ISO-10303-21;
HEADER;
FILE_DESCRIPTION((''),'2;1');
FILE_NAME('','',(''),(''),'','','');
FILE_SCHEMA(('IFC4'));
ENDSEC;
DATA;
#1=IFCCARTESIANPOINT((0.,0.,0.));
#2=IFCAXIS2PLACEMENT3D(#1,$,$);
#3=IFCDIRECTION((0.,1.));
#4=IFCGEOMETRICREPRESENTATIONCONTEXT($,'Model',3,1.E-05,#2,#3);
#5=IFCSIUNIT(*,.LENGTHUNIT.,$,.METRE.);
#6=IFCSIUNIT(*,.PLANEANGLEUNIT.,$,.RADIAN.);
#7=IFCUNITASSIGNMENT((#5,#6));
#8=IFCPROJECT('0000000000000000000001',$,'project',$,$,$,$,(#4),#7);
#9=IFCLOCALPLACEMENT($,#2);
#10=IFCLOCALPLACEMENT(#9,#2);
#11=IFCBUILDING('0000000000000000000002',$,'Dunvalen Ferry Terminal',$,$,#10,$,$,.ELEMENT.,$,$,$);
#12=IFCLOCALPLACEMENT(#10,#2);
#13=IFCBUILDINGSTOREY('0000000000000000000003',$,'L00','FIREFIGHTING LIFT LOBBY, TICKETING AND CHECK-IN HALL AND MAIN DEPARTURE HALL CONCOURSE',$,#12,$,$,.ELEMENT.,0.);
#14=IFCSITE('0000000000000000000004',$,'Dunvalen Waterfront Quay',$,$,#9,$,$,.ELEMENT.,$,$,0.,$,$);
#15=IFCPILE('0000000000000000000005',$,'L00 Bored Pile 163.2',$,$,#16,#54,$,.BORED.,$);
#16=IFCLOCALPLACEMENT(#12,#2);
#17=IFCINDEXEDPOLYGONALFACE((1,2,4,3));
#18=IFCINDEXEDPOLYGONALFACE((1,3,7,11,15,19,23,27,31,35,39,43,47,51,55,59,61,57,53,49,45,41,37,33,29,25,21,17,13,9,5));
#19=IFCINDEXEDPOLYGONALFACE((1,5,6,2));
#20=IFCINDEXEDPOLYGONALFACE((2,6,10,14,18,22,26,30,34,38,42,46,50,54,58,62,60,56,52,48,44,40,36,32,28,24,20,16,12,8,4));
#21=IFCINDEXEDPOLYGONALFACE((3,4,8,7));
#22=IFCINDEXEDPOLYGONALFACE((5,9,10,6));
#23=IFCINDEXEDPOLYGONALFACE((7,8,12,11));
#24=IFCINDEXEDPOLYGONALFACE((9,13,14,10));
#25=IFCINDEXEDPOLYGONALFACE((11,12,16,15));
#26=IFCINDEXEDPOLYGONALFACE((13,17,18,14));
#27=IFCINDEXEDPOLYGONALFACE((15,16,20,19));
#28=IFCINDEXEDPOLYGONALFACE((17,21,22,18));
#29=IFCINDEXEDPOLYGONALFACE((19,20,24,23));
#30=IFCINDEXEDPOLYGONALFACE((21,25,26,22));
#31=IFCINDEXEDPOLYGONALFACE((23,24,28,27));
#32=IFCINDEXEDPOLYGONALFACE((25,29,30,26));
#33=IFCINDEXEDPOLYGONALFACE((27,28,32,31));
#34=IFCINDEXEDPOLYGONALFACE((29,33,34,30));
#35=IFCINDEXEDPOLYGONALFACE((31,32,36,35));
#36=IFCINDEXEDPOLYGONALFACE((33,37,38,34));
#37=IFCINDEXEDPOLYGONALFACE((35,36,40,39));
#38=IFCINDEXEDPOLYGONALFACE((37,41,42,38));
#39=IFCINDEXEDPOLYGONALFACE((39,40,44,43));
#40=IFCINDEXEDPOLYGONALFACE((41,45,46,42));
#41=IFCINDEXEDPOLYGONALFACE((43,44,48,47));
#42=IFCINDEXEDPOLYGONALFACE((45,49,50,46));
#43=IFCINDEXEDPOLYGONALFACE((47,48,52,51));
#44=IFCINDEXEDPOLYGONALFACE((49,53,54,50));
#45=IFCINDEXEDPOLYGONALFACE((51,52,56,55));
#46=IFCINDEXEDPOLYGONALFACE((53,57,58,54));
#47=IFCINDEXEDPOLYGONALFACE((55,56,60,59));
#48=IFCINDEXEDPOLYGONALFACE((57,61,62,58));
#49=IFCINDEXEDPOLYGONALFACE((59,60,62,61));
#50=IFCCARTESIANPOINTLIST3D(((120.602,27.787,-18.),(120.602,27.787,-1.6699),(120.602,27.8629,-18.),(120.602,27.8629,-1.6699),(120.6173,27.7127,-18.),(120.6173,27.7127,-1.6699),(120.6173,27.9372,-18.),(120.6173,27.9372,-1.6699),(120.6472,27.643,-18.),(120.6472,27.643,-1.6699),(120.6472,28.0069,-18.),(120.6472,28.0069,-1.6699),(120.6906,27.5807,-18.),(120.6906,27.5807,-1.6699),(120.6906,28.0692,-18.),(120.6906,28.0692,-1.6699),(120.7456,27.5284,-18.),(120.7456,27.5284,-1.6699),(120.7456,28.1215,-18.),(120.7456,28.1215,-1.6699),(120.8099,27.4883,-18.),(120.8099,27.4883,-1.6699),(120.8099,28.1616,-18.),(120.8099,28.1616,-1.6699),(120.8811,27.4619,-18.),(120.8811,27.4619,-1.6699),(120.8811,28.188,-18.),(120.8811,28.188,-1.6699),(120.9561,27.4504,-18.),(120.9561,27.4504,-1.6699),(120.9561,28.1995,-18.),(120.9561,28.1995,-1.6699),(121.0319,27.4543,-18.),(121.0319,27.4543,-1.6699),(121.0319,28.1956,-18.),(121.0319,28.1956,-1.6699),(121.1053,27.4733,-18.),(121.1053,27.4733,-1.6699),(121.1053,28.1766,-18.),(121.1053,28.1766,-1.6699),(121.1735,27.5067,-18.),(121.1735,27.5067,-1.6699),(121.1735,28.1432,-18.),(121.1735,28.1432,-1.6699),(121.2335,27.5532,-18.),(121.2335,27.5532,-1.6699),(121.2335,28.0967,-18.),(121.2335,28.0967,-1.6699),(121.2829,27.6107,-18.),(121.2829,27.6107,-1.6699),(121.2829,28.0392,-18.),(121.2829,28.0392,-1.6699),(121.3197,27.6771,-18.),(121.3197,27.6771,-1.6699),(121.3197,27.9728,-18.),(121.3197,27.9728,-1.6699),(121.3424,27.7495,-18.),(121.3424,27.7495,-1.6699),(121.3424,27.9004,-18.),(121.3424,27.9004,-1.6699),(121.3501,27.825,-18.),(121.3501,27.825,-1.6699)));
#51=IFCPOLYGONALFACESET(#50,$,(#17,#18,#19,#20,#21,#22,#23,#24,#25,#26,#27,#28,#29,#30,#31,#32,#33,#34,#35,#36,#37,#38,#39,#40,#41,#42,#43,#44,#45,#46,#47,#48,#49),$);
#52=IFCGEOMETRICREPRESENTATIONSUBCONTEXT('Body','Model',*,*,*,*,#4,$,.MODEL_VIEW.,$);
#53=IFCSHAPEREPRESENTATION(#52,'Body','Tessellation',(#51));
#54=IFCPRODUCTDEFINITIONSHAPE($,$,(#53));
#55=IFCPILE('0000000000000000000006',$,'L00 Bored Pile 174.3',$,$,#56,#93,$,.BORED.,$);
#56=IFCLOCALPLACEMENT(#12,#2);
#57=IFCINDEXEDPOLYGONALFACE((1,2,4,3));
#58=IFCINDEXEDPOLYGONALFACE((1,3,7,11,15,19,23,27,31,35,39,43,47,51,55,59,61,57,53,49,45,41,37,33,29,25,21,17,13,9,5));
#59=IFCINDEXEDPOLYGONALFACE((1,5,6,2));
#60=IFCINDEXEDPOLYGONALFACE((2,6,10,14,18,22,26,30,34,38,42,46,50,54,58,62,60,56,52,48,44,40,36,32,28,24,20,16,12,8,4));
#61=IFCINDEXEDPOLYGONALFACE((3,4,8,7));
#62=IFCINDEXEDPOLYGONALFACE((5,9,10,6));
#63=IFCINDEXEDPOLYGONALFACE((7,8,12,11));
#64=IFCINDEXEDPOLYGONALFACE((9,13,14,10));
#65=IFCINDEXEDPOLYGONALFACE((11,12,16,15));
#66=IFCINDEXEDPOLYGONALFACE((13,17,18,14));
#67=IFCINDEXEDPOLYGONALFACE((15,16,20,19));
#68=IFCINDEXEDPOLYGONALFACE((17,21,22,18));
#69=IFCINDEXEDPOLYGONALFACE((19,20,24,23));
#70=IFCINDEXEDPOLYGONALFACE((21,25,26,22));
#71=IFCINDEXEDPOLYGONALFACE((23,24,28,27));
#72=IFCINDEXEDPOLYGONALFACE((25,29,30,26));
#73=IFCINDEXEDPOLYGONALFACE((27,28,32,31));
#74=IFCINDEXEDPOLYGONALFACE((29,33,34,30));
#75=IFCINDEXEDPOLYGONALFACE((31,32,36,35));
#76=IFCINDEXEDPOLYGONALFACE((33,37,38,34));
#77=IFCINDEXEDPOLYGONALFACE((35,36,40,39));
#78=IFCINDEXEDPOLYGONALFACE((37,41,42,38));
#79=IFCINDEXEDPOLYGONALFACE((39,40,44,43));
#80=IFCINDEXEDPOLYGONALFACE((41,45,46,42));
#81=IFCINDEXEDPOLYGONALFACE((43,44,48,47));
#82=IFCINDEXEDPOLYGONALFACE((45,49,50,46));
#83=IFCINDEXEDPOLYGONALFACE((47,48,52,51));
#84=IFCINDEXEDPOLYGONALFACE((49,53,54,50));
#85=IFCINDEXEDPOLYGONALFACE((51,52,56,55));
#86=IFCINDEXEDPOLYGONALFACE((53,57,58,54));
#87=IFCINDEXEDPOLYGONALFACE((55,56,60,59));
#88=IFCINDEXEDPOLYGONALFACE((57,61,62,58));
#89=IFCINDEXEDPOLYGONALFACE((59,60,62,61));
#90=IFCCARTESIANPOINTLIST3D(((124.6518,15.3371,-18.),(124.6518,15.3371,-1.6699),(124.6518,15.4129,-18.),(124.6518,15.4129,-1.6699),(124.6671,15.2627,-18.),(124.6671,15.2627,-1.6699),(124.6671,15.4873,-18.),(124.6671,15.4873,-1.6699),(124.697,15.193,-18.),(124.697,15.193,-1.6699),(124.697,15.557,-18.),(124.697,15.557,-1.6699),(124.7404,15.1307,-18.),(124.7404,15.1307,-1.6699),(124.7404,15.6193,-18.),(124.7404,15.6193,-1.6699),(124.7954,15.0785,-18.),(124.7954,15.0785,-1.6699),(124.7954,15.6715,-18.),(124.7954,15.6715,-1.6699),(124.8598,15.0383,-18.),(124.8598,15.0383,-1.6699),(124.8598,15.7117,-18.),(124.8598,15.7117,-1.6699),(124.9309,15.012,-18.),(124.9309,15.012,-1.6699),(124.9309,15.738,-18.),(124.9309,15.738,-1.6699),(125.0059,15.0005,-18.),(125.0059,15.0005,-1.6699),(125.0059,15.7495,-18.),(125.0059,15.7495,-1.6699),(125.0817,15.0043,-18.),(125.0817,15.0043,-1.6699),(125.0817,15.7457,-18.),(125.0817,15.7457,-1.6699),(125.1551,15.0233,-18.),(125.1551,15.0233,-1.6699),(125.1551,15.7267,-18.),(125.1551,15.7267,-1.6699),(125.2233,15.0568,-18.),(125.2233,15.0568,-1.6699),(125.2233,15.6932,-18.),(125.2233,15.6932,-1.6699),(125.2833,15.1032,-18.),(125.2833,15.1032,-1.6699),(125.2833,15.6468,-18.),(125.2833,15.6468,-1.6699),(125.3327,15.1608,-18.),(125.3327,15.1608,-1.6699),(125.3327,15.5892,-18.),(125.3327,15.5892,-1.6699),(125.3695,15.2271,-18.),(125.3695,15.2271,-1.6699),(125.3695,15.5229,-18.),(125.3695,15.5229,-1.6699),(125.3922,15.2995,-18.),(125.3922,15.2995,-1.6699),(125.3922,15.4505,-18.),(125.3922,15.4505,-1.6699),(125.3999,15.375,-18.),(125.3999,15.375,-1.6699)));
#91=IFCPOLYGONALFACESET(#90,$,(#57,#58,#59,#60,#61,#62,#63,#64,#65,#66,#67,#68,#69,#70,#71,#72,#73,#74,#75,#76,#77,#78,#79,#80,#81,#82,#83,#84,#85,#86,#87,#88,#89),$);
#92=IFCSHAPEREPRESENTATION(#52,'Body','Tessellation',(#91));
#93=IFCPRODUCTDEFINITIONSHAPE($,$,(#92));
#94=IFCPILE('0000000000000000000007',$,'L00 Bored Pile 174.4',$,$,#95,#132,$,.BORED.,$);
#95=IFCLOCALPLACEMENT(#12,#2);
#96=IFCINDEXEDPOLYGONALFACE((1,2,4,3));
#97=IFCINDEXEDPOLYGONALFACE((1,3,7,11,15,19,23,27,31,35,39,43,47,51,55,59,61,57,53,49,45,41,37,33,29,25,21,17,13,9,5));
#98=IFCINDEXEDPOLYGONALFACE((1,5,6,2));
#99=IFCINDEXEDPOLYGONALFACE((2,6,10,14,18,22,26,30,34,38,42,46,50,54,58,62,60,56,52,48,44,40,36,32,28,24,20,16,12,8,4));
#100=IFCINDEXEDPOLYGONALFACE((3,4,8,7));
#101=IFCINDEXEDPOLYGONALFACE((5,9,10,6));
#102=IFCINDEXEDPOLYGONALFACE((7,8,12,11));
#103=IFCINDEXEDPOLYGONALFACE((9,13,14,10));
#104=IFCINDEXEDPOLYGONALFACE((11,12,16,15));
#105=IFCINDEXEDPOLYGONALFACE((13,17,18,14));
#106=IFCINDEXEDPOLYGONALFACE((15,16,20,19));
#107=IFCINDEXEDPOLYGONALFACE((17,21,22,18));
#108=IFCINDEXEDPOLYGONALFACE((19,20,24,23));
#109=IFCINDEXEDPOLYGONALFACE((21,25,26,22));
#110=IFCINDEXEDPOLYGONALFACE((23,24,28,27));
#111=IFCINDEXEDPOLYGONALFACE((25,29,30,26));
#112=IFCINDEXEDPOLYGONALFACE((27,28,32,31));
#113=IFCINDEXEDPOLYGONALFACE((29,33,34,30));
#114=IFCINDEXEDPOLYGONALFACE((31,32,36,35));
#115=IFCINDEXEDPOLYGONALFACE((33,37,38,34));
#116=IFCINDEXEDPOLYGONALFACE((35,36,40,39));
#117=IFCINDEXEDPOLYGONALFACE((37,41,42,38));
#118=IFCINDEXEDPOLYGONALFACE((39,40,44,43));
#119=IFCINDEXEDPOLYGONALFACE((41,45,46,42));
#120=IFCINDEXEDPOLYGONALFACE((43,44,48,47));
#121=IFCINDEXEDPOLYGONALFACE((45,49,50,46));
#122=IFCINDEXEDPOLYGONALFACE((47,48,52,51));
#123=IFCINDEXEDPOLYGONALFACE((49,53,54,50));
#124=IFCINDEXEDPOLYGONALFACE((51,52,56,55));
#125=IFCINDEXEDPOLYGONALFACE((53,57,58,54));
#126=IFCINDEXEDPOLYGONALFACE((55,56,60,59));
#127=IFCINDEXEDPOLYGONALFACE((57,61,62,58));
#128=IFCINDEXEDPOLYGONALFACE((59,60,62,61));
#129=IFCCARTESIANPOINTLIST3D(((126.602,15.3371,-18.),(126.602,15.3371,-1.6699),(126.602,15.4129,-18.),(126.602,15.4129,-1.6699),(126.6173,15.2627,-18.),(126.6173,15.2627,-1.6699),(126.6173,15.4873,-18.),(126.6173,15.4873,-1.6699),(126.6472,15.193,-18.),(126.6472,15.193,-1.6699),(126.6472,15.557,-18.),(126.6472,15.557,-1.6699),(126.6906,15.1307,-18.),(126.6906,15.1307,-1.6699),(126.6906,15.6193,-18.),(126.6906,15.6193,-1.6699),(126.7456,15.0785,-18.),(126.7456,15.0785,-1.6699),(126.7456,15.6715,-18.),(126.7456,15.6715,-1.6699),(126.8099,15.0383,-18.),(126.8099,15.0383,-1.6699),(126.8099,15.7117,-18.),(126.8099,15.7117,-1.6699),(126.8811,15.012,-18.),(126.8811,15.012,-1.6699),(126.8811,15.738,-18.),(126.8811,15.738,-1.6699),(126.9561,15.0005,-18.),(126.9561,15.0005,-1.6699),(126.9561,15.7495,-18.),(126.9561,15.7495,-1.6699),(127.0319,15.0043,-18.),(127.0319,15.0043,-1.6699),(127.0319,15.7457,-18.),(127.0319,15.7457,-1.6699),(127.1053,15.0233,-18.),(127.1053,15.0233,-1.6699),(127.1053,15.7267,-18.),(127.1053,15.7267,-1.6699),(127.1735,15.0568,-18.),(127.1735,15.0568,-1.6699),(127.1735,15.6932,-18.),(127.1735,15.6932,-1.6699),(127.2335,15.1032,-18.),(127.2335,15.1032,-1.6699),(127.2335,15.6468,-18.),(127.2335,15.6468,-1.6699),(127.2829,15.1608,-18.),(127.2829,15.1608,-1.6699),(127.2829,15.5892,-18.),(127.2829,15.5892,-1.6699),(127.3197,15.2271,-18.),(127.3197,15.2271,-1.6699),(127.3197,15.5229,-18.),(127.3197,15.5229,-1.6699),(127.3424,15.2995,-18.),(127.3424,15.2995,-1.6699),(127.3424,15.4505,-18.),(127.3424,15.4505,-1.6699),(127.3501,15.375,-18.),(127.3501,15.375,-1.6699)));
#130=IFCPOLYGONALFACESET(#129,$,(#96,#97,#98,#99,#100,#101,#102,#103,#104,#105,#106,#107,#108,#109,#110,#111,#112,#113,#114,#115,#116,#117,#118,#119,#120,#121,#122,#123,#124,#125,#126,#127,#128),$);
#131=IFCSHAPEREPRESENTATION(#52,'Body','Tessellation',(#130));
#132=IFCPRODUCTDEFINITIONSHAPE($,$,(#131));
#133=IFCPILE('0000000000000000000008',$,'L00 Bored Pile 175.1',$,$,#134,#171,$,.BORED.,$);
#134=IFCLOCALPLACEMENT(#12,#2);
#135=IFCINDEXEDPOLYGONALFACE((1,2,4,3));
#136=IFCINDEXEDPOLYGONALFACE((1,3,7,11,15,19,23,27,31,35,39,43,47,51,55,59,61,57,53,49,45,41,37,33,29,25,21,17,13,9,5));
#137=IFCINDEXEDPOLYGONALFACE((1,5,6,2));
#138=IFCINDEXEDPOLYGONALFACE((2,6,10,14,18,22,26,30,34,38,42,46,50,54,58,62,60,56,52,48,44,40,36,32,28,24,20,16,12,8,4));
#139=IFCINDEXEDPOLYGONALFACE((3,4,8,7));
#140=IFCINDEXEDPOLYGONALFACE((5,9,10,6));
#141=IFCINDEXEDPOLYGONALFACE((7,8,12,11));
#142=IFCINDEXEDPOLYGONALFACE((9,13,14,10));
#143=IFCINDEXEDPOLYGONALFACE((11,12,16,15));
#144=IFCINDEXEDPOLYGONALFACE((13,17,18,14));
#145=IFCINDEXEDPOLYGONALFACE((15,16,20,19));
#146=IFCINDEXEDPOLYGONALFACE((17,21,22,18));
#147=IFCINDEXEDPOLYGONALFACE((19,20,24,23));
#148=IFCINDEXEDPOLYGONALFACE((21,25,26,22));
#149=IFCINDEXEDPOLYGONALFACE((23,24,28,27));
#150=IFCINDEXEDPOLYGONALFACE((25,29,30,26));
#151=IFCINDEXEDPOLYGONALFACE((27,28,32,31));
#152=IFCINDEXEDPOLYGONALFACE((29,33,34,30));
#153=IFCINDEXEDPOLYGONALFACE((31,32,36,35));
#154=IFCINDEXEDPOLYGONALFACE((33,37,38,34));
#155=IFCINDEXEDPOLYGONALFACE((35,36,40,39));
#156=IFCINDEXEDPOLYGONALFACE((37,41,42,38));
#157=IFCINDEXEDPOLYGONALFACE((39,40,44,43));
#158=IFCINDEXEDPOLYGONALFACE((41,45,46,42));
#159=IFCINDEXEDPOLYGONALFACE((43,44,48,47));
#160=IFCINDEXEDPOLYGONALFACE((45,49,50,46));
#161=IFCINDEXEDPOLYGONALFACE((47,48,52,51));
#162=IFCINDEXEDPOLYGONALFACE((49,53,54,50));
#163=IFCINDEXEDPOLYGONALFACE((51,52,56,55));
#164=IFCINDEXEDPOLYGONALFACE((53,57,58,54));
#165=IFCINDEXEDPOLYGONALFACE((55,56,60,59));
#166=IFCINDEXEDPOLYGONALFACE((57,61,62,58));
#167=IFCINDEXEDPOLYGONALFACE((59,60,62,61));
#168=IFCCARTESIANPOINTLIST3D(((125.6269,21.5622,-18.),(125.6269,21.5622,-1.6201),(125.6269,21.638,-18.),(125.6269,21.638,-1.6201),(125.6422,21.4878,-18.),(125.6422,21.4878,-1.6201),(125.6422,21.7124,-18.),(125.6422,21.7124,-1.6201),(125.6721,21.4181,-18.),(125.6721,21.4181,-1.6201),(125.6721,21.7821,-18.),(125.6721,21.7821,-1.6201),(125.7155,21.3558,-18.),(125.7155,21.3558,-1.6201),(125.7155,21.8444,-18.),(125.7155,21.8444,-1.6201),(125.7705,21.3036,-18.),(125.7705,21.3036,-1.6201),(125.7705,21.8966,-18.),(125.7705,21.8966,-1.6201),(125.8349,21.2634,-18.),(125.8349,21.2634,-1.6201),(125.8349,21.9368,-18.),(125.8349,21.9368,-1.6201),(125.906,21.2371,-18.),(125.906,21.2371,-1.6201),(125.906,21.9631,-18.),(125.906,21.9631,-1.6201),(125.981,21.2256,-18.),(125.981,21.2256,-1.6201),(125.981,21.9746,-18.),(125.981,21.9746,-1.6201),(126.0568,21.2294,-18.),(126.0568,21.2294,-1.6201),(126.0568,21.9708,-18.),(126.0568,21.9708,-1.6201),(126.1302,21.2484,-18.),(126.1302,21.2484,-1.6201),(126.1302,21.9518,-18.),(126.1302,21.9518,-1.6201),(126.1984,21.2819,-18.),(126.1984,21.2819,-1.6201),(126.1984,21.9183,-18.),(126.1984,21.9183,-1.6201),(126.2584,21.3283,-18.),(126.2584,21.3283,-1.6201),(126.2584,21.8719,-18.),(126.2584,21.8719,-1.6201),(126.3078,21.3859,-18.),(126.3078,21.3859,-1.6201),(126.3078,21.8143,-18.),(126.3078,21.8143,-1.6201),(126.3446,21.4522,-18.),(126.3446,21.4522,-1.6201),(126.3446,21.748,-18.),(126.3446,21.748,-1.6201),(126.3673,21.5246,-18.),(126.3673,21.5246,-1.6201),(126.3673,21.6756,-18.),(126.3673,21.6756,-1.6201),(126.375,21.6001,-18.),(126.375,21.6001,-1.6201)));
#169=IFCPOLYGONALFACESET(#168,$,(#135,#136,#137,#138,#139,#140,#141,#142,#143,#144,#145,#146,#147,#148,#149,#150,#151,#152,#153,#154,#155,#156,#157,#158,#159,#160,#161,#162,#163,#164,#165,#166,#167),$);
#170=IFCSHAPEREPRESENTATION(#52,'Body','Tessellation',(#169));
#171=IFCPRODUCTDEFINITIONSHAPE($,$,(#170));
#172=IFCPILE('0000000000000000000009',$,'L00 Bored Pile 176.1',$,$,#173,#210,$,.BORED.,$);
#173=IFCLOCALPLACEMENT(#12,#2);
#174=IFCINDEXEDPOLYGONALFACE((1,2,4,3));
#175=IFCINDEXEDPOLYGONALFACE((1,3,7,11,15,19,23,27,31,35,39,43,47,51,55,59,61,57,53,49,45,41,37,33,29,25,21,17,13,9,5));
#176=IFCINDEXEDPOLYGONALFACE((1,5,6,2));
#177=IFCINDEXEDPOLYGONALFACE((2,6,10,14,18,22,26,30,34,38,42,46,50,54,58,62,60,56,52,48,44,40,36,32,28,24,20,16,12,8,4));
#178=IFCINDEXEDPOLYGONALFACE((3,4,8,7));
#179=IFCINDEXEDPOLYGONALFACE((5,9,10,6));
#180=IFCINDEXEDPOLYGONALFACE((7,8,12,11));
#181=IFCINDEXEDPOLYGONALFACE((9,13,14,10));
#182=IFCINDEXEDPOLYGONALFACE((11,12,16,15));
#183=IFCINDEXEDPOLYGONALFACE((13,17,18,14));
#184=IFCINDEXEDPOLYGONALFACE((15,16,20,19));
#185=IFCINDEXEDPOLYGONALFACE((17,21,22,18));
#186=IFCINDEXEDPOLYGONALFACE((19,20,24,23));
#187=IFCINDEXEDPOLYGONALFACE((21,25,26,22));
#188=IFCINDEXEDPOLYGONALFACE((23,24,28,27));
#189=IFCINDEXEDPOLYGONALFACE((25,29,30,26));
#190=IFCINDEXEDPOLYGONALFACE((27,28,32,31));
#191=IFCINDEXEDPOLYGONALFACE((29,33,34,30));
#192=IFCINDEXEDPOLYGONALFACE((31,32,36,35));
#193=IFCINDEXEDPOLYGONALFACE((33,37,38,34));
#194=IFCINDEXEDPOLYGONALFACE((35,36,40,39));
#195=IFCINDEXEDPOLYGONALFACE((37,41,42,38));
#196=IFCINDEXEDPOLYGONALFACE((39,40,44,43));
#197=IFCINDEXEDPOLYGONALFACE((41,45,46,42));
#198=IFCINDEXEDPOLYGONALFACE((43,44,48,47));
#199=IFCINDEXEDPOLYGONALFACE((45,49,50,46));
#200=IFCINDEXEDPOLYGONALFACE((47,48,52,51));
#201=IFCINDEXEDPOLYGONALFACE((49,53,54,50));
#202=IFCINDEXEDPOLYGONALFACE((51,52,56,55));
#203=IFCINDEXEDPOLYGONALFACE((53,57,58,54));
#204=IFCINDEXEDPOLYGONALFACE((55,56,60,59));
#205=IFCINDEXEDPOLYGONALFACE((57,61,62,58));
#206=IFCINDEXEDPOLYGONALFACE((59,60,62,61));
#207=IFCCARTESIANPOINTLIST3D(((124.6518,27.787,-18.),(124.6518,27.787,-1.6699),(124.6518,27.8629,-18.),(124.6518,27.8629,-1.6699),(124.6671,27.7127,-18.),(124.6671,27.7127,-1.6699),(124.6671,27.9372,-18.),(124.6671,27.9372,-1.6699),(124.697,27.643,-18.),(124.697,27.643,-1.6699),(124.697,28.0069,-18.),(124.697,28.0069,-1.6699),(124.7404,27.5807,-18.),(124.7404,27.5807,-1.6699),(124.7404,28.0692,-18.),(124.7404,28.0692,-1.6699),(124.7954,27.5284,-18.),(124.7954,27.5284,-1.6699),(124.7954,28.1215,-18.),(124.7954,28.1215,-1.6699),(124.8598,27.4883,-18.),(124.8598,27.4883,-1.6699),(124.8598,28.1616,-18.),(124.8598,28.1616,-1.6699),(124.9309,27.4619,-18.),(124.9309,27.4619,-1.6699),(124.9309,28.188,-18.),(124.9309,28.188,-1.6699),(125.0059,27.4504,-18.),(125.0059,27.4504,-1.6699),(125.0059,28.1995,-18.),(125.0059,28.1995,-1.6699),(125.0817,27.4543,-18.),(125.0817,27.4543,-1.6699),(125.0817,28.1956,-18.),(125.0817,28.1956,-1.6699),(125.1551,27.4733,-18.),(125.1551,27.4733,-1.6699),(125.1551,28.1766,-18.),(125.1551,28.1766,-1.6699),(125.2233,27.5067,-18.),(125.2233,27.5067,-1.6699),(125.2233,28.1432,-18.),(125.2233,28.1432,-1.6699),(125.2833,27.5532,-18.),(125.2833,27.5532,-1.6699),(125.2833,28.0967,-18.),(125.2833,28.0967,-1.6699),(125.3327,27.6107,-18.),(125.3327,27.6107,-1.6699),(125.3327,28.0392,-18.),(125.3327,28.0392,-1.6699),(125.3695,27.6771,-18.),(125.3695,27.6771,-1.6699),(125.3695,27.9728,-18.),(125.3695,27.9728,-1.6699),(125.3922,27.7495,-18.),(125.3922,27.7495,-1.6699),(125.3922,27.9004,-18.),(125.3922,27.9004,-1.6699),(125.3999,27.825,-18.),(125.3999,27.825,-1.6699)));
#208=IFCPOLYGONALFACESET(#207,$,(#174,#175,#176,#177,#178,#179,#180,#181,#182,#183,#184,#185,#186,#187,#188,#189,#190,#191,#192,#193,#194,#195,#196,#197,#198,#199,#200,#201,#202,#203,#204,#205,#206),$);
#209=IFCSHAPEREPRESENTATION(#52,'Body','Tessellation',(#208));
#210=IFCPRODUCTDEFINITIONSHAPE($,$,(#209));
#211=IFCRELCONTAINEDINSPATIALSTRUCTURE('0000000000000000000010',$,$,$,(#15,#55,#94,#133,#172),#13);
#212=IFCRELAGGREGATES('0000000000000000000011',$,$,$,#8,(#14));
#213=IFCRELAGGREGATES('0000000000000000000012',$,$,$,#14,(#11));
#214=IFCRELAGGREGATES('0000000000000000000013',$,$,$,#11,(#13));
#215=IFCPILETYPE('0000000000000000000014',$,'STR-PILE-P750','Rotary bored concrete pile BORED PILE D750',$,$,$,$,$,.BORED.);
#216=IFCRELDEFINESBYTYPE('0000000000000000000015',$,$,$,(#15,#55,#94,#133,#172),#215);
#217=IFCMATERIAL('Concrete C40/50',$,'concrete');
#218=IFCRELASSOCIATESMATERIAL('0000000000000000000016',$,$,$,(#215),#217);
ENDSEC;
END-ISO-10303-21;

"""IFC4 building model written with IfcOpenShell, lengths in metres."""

from ifc_helpers import new_model, si_unit, direction, frame, origin, origin_2d, place, context, subcontext, project, spatial, circle, extrude, material, material_profile, profile_set, type_object, element, save


model = new_model("IFC4")

# Units and contexts
model_context = context("Model", 3, precision=1e-05, world=origin(), true_north=direction((0.0, 1.0)))
body_context = subcontext(model_context, "Body", "Model", "MODEL_VIEW")
ifc_project = project(units=[si_unit("LENGTHUNIT", "METRE"), si_unit("PLANEANGLEUNIT", "RADIAN")], contexts=[model_context])

# Site, building, storey
site_placement = place(None, origin())
site = spatial("IfcSite", under=ifc_project, at=site_placement, Name="Dunvalen Waterfront Quay", CompositionType="ELEMENT", RefElevation=0.0)
building_placement = place(site_placement, origin())
building = spatial("IfcBuilding", under=site, at=building_placement, Name="Dunvalen Ferry Terminal", CompositionType="ELEMENT")
storey_placement = place(building_placement, origin())
storey = spatial("IfcBuildingStorey", under=building, at=storey_placement, Name="L00", Description="FIREFIGHTING LIFT LOBBY, TICKETING AND CHECK-IN HALL AND MAIN DEPARTURE HALL CONCOURSE", CompositionType="ELEMENT", Elevation=0.0)

# Shared definitions
ifc_material_1 = material(Name="Concrete C40/50", Category="concrete")

# Piles
ifc_material_profile_1 = material_profile(ifc_material_1, circle(Radius=0.375, at=origin_2d()), Name="Concrete C40/50")
ifc_profile_set_1 = profile_set([ifc_material_profile_1], Name="Concrete C40/50")
pile_type = type_object("IfcPileType", Name="STR-PILE-P750", Description="Rotary bored concrete pile BORED PILE D750", PredefinedType="BORED", material=ifc_profile_set_1)
for number, where, z_axis, x_axis, name in (
    (1, (120.9751, 27.825, -1.6699), (0.0, 0.0, -1.0), (1.0, 0.0, 0.0), "L00 Bored Pile 163.2"),
    (2, (125.0249, 15.375, -1.6699), (0.0, 0.0, -1.0), (1.0, 0.0, 0.0), "L00 Bored Pile 174.3"),
    (3, (126.9751, 15.375, -1.6699), (0.0, 0.0, -1.0), (1.0, 0.0, 0.0), "L00 Bored Pile 174.4"),
):
    element("IfcPile", number, at=place(storey_placement, frame(where, z_axis=z_axis, x_axis=x_axis)), inside=storey, type_object=pile_type, Name=name, PredefinedType="BORED", context=body_context, shape_type="SweptSolid", body=[
        extrude(circle(Radius=0.375, at=origin_2d()), origin(), (0.0, 0.0, 1.0), 16.3301),
    ])
pile_1_placement = place(storey_placement, frame((126.0, 21.6001, -1.6201), z_axis=(0.0, 0.0, -1.0), x_axis=(1.0, 0.0, 0.0)))
element("IfcPile", 4, at=pile_1_placement, inside=storey, type_object=pile_type, Name="L00 Bored Pile 175.1", PredefinedType="BORED", context=body_context, shape_type="SweptSolid", body=[
    extrude(circle(Radius=0.375, at=origin_2d()), origin(), (0.0, 0.0, 1.0), 16.3799),
])
pile_2_placement = place(storey_placement, frame((125.0249, 27.825, -1.6699), z_axis=(0.0, 0.0, -1.0), x_axis=(1.0, 0.0, 0.0)))
element("IfcPile", 5, at=pile_2_placement, inside=storey, type_object=pile_type, Name="L00 Bored Pile 176.1", PredefinedType="BORED", context=body_context, shape_type="SweptSolid", body=[
    extrude(circle(Radius=0.375, at=origin_2d()), origin(), (0.0, 0.0, 1.0), 16.3301),
])

save(model, "model.ifc")
